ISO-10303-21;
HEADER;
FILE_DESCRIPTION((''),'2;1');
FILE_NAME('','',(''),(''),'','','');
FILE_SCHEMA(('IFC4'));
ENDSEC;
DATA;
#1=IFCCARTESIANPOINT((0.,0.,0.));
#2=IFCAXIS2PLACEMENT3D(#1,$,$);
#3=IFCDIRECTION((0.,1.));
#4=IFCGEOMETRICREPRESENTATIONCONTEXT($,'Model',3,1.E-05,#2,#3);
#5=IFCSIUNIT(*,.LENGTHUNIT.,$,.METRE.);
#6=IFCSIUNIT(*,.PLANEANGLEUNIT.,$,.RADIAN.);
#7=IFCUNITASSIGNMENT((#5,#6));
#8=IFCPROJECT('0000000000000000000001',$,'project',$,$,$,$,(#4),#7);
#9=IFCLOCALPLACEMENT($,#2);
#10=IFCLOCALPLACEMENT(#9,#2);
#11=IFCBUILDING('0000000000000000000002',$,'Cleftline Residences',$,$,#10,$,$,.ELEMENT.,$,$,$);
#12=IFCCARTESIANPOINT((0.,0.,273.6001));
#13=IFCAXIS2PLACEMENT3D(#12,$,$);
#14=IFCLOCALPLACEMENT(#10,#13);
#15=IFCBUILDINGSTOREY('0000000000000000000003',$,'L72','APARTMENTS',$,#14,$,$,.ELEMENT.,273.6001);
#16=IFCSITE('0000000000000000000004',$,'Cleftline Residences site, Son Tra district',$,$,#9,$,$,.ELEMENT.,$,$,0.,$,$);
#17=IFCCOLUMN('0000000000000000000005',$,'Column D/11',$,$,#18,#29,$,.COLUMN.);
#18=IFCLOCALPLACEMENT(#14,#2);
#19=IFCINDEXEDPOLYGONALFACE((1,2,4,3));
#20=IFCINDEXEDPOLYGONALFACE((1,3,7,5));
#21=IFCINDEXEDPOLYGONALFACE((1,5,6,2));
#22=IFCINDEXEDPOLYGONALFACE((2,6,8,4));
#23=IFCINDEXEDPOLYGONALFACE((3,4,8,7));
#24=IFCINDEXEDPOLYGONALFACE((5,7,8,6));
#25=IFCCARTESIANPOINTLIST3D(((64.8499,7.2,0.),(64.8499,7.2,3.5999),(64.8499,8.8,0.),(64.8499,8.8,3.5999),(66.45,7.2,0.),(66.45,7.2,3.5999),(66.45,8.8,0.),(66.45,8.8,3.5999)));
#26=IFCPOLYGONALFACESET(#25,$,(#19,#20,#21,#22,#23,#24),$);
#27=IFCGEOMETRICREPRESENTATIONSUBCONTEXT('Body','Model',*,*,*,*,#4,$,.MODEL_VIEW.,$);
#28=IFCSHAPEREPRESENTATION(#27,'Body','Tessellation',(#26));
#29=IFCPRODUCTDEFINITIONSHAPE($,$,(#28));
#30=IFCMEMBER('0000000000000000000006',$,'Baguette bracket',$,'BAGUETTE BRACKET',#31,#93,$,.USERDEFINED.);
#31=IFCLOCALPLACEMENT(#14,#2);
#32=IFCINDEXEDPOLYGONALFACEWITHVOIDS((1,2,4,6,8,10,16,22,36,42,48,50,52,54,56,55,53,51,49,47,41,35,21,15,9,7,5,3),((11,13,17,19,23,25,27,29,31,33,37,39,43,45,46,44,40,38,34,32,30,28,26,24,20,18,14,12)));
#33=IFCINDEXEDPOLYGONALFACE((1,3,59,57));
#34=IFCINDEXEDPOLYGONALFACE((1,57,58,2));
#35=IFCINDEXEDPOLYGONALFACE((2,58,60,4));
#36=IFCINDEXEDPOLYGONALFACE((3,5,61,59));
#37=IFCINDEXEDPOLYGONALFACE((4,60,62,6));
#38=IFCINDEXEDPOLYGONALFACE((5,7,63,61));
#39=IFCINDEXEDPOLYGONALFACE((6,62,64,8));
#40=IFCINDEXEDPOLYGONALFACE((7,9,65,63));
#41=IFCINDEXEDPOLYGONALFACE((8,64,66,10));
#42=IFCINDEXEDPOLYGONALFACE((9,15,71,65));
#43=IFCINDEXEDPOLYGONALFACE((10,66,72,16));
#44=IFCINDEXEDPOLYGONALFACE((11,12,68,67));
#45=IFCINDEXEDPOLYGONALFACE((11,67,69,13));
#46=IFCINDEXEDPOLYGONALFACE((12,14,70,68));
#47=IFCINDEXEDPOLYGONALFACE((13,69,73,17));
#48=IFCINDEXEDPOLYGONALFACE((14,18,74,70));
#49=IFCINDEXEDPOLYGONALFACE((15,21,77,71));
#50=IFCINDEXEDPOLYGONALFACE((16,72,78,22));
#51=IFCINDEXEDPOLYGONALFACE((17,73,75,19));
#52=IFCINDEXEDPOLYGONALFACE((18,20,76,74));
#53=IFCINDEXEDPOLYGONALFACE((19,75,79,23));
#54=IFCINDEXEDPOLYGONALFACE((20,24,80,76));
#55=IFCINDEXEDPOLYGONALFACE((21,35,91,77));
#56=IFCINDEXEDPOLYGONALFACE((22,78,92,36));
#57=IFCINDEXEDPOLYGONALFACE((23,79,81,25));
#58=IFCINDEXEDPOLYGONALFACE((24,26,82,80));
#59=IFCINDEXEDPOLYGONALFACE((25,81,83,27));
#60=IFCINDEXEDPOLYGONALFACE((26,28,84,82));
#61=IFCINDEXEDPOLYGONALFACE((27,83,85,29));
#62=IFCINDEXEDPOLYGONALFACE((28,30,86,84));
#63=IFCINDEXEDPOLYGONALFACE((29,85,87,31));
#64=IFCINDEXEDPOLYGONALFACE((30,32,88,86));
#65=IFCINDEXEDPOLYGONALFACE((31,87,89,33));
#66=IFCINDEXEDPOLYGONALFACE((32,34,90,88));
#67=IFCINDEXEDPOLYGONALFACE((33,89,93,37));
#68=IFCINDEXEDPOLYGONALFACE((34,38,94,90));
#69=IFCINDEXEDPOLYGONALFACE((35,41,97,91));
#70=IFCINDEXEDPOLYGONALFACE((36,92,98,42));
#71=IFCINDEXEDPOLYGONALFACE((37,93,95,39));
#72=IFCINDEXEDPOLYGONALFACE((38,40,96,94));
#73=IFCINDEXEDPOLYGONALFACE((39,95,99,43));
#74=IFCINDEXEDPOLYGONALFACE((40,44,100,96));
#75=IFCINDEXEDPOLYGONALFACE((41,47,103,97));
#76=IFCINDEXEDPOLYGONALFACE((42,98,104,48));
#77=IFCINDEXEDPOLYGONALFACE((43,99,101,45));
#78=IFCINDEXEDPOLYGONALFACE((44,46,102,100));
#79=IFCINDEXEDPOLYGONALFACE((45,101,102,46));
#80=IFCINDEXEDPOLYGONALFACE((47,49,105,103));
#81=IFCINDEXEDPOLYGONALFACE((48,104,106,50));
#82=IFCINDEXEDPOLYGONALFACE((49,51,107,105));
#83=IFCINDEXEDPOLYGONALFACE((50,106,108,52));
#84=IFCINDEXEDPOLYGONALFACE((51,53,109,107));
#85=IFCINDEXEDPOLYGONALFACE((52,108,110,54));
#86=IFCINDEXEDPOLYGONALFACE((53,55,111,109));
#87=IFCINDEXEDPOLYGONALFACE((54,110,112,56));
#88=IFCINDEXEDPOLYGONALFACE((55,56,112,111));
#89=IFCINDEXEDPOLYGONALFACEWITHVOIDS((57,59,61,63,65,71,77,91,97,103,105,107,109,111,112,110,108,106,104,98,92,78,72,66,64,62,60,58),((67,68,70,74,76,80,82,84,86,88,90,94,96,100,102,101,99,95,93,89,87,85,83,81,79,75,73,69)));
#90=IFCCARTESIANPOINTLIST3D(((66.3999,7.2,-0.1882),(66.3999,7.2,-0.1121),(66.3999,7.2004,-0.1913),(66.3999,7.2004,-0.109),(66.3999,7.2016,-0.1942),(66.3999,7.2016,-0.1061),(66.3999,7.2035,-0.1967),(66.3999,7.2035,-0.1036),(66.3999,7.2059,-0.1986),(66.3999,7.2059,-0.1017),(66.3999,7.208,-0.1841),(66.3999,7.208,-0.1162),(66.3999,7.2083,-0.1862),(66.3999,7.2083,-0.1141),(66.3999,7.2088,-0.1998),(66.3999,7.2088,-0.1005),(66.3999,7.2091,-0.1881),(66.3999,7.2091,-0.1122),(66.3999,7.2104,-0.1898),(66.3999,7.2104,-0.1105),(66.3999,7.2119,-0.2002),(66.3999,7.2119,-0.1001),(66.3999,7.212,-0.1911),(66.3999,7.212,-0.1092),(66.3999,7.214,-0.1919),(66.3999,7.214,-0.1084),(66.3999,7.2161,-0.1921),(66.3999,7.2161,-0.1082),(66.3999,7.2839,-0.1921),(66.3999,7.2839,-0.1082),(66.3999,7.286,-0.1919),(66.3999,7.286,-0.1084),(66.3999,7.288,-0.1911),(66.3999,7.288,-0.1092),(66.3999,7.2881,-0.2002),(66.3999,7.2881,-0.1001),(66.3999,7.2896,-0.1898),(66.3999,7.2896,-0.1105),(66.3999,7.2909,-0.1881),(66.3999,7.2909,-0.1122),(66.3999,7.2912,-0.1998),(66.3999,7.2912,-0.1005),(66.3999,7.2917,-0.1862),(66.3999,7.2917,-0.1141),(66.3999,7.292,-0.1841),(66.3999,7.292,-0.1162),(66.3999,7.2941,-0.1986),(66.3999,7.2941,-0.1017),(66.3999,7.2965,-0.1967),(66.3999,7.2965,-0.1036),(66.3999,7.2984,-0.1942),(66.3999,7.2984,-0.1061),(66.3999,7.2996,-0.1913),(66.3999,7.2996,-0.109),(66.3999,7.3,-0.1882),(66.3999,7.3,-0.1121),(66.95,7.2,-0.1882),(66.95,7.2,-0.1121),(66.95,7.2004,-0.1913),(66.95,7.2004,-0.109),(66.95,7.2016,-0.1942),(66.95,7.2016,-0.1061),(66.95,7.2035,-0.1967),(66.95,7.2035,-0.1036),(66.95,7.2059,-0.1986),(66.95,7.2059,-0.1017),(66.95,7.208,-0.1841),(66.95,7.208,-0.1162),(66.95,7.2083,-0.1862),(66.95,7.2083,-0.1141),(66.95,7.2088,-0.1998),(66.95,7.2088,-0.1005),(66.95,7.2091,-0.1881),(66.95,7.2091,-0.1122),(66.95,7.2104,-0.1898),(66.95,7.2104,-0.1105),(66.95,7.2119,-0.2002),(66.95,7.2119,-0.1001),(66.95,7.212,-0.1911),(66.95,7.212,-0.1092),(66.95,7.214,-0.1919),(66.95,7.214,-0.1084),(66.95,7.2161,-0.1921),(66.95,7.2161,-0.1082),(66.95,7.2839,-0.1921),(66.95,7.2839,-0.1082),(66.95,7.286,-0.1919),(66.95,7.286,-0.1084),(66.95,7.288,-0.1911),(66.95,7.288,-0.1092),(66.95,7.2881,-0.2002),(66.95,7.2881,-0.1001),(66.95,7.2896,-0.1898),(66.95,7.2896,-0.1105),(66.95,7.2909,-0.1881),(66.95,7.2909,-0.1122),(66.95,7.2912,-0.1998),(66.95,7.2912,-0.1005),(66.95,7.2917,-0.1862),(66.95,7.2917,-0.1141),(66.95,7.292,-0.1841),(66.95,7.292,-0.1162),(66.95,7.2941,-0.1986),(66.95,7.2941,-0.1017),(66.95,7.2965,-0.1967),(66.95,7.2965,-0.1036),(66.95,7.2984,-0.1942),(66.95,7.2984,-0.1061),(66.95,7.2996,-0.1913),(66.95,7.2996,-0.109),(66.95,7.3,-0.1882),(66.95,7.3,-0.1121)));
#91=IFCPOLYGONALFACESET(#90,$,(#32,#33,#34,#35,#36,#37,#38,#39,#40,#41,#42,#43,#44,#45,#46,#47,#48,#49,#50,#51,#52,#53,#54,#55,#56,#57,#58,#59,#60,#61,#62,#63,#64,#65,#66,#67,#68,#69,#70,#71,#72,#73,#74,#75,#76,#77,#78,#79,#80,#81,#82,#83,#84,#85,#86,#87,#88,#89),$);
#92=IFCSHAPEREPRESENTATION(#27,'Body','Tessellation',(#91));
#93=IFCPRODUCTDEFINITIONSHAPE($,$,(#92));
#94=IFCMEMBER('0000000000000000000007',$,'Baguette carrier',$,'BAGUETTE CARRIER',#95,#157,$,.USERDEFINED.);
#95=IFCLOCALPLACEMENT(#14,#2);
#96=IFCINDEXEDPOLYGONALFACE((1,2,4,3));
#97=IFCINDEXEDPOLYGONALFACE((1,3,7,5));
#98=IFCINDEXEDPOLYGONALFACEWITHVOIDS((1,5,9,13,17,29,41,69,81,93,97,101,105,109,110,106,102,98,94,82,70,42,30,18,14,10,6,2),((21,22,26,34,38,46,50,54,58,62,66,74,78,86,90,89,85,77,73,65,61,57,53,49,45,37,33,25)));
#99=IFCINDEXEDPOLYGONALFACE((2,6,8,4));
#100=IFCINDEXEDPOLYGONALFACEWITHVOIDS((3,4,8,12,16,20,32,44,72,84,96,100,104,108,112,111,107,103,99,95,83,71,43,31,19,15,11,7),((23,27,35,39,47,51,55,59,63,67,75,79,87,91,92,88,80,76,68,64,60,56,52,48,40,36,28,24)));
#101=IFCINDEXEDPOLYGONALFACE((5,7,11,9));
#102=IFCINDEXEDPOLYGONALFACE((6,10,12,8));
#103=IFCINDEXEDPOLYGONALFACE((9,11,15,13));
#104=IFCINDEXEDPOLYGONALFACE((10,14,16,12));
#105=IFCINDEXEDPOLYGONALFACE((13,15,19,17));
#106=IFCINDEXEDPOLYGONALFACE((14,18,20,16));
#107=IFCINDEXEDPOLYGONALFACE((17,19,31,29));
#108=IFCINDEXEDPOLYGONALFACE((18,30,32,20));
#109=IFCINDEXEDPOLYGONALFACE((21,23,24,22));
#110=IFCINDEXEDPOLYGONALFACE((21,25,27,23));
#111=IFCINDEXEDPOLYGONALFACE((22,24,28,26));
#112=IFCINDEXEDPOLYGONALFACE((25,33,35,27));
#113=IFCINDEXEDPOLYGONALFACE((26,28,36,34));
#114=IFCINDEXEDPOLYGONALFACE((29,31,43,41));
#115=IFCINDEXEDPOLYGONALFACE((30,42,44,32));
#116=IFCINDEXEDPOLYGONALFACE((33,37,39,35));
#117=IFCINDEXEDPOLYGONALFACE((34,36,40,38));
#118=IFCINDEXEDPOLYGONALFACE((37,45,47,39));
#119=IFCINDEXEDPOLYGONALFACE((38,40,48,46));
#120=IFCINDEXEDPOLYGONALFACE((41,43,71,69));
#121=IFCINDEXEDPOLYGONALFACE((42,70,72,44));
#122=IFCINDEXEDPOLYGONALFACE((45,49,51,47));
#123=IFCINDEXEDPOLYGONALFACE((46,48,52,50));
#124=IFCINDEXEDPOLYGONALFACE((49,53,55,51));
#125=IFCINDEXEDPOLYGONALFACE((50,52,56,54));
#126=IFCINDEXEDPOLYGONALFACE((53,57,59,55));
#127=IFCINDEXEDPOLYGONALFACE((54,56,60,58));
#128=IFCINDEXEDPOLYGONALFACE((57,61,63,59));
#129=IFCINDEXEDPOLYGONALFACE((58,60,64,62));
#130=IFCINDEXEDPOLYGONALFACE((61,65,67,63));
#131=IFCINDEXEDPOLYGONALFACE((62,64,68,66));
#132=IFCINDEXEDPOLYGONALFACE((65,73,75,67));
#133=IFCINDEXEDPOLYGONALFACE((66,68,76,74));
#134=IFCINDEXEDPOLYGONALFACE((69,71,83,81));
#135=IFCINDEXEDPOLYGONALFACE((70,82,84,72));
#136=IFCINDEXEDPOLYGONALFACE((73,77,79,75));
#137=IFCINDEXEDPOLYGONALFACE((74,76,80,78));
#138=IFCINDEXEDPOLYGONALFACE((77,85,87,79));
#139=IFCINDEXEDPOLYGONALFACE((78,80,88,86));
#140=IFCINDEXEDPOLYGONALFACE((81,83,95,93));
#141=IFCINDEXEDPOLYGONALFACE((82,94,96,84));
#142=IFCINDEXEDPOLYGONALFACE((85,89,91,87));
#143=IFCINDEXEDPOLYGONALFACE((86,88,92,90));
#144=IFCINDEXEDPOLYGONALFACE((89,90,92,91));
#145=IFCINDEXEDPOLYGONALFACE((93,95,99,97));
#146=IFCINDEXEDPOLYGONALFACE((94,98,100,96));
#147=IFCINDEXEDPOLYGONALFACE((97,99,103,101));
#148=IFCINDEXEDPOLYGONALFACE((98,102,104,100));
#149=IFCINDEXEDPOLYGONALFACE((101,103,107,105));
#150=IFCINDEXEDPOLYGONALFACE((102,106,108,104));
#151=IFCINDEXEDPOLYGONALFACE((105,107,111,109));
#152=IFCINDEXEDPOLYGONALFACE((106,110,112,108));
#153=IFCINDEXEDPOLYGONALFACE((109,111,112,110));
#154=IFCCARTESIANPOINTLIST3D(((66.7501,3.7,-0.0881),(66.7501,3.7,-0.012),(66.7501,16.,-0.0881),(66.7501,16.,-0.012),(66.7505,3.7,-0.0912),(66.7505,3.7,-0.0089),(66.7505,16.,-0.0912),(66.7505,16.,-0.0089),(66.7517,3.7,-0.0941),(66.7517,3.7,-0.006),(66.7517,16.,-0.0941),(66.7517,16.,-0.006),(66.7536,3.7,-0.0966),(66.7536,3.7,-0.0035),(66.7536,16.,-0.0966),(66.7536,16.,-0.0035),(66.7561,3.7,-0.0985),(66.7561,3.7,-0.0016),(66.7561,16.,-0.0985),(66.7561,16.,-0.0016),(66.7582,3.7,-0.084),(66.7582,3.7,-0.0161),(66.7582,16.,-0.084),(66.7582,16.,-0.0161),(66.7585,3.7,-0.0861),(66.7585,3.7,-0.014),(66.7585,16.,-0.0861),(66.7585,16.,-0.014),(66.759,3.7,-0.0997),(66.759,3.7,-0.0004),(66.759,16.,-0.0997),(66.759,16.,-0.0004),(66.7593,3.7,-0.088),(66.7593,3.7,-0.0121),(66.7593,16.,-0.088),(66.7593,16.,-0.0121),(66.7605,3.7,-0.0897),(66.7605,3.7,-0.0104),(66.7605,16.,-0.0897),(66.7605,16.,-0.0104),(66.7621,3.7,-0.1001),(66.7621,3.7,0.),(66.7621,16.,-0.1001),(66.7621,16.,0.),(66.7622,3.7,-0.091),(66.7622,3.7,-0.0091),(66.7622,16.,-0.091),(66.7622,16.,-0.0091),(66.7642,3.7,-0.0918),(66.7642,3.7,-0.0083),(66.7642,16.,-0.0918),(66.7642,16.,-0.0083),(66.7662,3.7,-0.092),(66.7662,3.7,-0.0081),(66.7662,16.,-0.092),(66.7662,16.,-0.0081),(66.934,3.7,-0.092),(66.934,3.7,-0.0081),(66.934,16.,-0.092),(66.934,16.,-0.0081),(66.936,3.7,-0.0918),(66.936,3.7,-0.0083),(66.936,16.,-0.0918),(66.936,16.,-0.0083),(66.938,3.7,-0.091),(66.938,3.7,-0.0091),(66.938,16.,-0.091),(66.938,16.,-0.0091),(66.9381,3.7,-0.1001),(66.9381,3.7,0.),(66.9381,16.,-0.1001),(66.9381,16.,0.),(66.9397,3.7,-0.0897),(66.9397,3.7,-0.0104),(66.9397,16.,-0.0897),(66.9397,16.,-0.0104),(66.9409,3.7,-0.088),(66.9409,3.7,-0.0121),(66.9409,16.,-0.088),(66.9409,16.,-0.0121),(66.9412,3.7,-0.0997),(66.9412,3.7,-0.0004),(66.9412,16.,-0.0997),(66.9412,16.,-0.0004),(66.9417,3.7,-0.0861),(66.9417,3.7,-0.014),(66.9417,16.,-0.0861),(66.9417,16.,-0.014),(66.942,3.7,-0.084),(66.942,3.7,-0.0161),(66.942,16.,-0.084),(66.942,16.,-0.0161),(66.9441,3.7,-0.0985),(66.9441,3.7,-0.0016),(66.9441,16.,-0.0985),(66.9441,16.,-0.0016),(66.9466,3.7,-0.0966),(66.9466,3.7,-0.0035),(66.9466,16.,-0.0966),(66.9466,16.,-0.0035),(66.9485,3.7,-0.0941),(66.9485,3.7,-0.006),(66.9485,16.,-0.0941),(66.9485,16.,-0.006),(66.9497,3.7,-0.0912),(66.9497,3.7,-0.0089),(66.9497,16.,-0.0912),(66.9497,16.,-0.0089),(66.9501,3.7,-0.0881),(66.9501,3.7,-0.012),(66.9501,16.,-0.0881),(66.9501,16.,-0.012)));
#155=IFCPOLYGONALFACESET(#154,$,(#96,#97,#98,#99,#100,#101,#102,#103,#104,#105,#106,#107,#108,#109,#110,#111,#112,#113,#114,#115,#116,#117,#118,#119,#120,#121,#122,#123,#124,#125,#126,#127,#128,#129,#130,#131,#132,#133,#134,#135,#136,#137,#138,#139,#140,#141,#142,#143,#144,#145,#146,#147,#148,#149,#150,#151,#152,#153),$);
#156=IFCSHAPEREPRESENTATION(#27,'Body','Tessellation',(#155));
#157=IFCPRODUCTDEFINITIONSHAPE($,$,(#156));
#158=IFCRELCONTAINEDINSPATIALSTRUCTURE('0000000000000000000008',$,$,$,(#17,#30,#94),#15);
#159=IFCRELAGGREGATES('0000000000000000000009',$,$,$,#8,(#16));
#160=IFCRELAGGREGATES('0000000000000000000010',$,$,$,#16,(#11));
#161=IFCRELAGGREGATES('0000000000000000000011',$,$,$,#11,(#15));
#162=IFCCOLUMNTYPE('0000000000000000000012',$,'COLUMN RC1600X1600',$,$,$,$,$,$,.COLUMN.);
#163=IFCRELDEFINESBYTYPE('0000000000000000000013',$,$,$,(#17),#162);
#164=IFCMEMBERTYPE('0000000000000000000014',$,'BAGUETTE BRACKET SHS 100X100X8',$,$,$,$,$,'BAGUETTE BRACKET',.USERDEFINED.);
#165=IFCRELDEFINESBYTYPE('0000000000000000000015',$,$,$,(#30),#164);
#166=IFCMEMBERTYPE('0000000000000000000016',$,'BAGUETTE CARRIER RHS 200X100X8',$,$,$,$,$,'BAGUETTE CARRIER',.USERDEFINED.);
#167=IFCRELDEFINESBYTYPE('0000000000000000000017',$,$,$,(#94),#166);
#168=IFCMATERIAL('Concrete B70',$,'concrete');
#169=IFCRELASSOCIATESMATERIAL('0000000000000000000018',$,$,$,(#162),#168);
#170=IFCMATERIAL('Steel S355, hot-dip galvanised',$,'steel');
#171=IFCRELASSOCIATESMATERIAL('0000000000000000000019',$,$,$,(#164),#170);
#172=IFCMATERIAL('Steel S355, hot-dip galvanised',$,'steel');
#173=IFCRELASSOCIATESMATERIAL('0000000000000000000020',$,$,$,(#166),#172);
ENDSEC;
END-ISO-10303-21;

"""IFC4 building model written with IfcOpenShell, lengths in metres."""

from ifc_helpers import new_model, si_unit, direction, frame, origin, origin_2d, place, context, subcontext, project, spatial, rectangle, hollow_rectangle, extrude, material, material_profile, profile_set, type_object, element, save


model = new_model("IFC4")

# Units and contexts
model_context = context("Model", 3, precision=1e-05, world=origin(), true_north=direction((0.0, 1.0)))
body_context = subcontext(model_context, "Body", "Model", "MODEL_VIEW")
ifc_project = project(units=[si_unit("LENGTHUNIT", "METRE"), si_unit("PLANEANGLEUNIT", "RADIAN")], contexts=[model_context])

# Site, building, storey
site_placement = place(None, origin())
site = spatial("IfcSite", under=ifc_project, at=site_placement, Name="Cleftline Residences site, Son Tra district", CompositionType="ELEMENT", RefElevation=0.0)
building_placement = place(site_placement, origin())
building = spatial("IfcBuilding", under=site, at=building_placement, Name="Cleftline Residences", CompositionType="ELEMENT")
storey_placement = place(building_placement, frame((0.0, 0.0, 273.6001)))
storey = spatial("IfcBuildingStorey", under=building, at=storey_placement, Name="L72", Description="APARTMENTS", CompositionType="ELEMENT", Elevation=273.6001)

# Column
ifc_material_1 = material(Name="Concrete B70", Category="concrete")
ifc_material_profile_1 = material_profile(ifc_material_1, rectangle(XDim=1.6001, YDim=1.6001, at=origin_2d()))
ifc_profile_set_1 = profile_set([ifc_material_profile_1], Name="Concrete B70")
column_type = type_object("IfcColumnType", Name="COLUMN RC1600X1600", PredefinedType="COLUMN", material=ifc_profile_set_1)
column_placement = place(storey_placement, frame((65.6499, 8.0, 0.0), z_axis=(0.0, 0.0, 1.0), x_axis=(1.0, 0.0, 0.0)))
element("IfcColumn", 1, at=column_placement, inside=storey, type_object=column_type, Name="Column D/11", PredefinedType="COLUMN", context=body_context, shape_type="SweptSolid", body=[
    extrude(rectangle(XDim=1.6001, YDim=1.6001, at=origin_2d()), origin(), (0.0, 0.0, 1.0), 3.5999),
])

# Members
ifc_material_2 = material(Name="Steel S355, hot-dip galvanised", Category="steel")
ifc_material_profile_2 = material_profile(ifc_material_2, hollow_rectangle(XDim=0.1001, YDim=0.1001, WallThickness=0.0081, InnerFilletRadius=0.0081, OuterFilletRadius=0.012, at=origin_2d()))
ifc_profile_set_2 = profile_set([ifc_material_profile_2], Name="Steel S355, hot-dip galvanised")
member_type_1 = type_object("IfcMemberType", Name="BAGUETTE BRACKET SHS 100X100X8", ElementType="BAGUETTE BRACKET", PredefinedType="USERDEFINED", material=ifc_profile_set_2)
member_1_placement = place(storey_placement, frame((66.3999, 7.25, -0.1501), z_axis=(1.0, 0.0, 0.0), x_axis=(0.0, 1.0, 0.0)))
element("IfcMember", 2, at=member_1_placement, inside=storey, type_object=member_type_1, Name="Baguette bracket", ObjectType="BAGUETTE BRACKET", PredefinedType="USERDEFINED", context=body_context, shape_type="SweptSolid", body=[
    extrude(hollow_rectangle(XDim=0.1001, YDim=0.1001, WallThickness=0.0081, InnerFilletRadius=0.0081, OuterFilletRadius=0.012, at=origin_2d()), origin(), (0.0, 0.0, 1.0), 0.55),
])
ifc_material_3 = material(Name="Steel S355, hot-dip galvanised", Category="steel")
ifc_material_profile_3 = material_profile(ifc_material_3, hollow_rectangle(XDim=0.1001, YDim=0.2, WallThickness=0.0081, InnerFilletRadius=0.0081, OuterFilletRadius=0.012, at=origin_2d()))
ifc_profile_set_3 = profile_set([ifc_material_profile_3], Name="Steel S355, hot-dip galvanised")
member_type_2 = type_object("IfcMemberType", Name="BAGUETTE CARRIER RHS 200X100X8", ElementType="BAGUETTE CARRIER", PredefinedType="USERDEFINED", material=ifc_profile_set_3)
member_2_placement = place(storey_placement, frame((66.8501, 3.7, -0.05), z_axis=(0.0, 1.0, 0.0), x_axis=(0.0, 0.0, 1.0)))
element("IfcMember", 3, at=member_2_placement, inside=storey, type_object=member_type_2, Name="Baguette carrier", ObjectType="BAGUETTE CARRIER", PredefinedType="USERDEFINED", context=body_context, shape_type="SweptSolid", body=[
    extrude(hollow_rectangle(XDim=0.1001, YDim=0.2, WallThickness=0.0081, InnerFilletRadius=0.0081, OuterFilletRadius=0.012, at=origin_2d()), origin(), (0.0, 0.0, 1.0), 12.3),
])

save(model, "model.ifc")
